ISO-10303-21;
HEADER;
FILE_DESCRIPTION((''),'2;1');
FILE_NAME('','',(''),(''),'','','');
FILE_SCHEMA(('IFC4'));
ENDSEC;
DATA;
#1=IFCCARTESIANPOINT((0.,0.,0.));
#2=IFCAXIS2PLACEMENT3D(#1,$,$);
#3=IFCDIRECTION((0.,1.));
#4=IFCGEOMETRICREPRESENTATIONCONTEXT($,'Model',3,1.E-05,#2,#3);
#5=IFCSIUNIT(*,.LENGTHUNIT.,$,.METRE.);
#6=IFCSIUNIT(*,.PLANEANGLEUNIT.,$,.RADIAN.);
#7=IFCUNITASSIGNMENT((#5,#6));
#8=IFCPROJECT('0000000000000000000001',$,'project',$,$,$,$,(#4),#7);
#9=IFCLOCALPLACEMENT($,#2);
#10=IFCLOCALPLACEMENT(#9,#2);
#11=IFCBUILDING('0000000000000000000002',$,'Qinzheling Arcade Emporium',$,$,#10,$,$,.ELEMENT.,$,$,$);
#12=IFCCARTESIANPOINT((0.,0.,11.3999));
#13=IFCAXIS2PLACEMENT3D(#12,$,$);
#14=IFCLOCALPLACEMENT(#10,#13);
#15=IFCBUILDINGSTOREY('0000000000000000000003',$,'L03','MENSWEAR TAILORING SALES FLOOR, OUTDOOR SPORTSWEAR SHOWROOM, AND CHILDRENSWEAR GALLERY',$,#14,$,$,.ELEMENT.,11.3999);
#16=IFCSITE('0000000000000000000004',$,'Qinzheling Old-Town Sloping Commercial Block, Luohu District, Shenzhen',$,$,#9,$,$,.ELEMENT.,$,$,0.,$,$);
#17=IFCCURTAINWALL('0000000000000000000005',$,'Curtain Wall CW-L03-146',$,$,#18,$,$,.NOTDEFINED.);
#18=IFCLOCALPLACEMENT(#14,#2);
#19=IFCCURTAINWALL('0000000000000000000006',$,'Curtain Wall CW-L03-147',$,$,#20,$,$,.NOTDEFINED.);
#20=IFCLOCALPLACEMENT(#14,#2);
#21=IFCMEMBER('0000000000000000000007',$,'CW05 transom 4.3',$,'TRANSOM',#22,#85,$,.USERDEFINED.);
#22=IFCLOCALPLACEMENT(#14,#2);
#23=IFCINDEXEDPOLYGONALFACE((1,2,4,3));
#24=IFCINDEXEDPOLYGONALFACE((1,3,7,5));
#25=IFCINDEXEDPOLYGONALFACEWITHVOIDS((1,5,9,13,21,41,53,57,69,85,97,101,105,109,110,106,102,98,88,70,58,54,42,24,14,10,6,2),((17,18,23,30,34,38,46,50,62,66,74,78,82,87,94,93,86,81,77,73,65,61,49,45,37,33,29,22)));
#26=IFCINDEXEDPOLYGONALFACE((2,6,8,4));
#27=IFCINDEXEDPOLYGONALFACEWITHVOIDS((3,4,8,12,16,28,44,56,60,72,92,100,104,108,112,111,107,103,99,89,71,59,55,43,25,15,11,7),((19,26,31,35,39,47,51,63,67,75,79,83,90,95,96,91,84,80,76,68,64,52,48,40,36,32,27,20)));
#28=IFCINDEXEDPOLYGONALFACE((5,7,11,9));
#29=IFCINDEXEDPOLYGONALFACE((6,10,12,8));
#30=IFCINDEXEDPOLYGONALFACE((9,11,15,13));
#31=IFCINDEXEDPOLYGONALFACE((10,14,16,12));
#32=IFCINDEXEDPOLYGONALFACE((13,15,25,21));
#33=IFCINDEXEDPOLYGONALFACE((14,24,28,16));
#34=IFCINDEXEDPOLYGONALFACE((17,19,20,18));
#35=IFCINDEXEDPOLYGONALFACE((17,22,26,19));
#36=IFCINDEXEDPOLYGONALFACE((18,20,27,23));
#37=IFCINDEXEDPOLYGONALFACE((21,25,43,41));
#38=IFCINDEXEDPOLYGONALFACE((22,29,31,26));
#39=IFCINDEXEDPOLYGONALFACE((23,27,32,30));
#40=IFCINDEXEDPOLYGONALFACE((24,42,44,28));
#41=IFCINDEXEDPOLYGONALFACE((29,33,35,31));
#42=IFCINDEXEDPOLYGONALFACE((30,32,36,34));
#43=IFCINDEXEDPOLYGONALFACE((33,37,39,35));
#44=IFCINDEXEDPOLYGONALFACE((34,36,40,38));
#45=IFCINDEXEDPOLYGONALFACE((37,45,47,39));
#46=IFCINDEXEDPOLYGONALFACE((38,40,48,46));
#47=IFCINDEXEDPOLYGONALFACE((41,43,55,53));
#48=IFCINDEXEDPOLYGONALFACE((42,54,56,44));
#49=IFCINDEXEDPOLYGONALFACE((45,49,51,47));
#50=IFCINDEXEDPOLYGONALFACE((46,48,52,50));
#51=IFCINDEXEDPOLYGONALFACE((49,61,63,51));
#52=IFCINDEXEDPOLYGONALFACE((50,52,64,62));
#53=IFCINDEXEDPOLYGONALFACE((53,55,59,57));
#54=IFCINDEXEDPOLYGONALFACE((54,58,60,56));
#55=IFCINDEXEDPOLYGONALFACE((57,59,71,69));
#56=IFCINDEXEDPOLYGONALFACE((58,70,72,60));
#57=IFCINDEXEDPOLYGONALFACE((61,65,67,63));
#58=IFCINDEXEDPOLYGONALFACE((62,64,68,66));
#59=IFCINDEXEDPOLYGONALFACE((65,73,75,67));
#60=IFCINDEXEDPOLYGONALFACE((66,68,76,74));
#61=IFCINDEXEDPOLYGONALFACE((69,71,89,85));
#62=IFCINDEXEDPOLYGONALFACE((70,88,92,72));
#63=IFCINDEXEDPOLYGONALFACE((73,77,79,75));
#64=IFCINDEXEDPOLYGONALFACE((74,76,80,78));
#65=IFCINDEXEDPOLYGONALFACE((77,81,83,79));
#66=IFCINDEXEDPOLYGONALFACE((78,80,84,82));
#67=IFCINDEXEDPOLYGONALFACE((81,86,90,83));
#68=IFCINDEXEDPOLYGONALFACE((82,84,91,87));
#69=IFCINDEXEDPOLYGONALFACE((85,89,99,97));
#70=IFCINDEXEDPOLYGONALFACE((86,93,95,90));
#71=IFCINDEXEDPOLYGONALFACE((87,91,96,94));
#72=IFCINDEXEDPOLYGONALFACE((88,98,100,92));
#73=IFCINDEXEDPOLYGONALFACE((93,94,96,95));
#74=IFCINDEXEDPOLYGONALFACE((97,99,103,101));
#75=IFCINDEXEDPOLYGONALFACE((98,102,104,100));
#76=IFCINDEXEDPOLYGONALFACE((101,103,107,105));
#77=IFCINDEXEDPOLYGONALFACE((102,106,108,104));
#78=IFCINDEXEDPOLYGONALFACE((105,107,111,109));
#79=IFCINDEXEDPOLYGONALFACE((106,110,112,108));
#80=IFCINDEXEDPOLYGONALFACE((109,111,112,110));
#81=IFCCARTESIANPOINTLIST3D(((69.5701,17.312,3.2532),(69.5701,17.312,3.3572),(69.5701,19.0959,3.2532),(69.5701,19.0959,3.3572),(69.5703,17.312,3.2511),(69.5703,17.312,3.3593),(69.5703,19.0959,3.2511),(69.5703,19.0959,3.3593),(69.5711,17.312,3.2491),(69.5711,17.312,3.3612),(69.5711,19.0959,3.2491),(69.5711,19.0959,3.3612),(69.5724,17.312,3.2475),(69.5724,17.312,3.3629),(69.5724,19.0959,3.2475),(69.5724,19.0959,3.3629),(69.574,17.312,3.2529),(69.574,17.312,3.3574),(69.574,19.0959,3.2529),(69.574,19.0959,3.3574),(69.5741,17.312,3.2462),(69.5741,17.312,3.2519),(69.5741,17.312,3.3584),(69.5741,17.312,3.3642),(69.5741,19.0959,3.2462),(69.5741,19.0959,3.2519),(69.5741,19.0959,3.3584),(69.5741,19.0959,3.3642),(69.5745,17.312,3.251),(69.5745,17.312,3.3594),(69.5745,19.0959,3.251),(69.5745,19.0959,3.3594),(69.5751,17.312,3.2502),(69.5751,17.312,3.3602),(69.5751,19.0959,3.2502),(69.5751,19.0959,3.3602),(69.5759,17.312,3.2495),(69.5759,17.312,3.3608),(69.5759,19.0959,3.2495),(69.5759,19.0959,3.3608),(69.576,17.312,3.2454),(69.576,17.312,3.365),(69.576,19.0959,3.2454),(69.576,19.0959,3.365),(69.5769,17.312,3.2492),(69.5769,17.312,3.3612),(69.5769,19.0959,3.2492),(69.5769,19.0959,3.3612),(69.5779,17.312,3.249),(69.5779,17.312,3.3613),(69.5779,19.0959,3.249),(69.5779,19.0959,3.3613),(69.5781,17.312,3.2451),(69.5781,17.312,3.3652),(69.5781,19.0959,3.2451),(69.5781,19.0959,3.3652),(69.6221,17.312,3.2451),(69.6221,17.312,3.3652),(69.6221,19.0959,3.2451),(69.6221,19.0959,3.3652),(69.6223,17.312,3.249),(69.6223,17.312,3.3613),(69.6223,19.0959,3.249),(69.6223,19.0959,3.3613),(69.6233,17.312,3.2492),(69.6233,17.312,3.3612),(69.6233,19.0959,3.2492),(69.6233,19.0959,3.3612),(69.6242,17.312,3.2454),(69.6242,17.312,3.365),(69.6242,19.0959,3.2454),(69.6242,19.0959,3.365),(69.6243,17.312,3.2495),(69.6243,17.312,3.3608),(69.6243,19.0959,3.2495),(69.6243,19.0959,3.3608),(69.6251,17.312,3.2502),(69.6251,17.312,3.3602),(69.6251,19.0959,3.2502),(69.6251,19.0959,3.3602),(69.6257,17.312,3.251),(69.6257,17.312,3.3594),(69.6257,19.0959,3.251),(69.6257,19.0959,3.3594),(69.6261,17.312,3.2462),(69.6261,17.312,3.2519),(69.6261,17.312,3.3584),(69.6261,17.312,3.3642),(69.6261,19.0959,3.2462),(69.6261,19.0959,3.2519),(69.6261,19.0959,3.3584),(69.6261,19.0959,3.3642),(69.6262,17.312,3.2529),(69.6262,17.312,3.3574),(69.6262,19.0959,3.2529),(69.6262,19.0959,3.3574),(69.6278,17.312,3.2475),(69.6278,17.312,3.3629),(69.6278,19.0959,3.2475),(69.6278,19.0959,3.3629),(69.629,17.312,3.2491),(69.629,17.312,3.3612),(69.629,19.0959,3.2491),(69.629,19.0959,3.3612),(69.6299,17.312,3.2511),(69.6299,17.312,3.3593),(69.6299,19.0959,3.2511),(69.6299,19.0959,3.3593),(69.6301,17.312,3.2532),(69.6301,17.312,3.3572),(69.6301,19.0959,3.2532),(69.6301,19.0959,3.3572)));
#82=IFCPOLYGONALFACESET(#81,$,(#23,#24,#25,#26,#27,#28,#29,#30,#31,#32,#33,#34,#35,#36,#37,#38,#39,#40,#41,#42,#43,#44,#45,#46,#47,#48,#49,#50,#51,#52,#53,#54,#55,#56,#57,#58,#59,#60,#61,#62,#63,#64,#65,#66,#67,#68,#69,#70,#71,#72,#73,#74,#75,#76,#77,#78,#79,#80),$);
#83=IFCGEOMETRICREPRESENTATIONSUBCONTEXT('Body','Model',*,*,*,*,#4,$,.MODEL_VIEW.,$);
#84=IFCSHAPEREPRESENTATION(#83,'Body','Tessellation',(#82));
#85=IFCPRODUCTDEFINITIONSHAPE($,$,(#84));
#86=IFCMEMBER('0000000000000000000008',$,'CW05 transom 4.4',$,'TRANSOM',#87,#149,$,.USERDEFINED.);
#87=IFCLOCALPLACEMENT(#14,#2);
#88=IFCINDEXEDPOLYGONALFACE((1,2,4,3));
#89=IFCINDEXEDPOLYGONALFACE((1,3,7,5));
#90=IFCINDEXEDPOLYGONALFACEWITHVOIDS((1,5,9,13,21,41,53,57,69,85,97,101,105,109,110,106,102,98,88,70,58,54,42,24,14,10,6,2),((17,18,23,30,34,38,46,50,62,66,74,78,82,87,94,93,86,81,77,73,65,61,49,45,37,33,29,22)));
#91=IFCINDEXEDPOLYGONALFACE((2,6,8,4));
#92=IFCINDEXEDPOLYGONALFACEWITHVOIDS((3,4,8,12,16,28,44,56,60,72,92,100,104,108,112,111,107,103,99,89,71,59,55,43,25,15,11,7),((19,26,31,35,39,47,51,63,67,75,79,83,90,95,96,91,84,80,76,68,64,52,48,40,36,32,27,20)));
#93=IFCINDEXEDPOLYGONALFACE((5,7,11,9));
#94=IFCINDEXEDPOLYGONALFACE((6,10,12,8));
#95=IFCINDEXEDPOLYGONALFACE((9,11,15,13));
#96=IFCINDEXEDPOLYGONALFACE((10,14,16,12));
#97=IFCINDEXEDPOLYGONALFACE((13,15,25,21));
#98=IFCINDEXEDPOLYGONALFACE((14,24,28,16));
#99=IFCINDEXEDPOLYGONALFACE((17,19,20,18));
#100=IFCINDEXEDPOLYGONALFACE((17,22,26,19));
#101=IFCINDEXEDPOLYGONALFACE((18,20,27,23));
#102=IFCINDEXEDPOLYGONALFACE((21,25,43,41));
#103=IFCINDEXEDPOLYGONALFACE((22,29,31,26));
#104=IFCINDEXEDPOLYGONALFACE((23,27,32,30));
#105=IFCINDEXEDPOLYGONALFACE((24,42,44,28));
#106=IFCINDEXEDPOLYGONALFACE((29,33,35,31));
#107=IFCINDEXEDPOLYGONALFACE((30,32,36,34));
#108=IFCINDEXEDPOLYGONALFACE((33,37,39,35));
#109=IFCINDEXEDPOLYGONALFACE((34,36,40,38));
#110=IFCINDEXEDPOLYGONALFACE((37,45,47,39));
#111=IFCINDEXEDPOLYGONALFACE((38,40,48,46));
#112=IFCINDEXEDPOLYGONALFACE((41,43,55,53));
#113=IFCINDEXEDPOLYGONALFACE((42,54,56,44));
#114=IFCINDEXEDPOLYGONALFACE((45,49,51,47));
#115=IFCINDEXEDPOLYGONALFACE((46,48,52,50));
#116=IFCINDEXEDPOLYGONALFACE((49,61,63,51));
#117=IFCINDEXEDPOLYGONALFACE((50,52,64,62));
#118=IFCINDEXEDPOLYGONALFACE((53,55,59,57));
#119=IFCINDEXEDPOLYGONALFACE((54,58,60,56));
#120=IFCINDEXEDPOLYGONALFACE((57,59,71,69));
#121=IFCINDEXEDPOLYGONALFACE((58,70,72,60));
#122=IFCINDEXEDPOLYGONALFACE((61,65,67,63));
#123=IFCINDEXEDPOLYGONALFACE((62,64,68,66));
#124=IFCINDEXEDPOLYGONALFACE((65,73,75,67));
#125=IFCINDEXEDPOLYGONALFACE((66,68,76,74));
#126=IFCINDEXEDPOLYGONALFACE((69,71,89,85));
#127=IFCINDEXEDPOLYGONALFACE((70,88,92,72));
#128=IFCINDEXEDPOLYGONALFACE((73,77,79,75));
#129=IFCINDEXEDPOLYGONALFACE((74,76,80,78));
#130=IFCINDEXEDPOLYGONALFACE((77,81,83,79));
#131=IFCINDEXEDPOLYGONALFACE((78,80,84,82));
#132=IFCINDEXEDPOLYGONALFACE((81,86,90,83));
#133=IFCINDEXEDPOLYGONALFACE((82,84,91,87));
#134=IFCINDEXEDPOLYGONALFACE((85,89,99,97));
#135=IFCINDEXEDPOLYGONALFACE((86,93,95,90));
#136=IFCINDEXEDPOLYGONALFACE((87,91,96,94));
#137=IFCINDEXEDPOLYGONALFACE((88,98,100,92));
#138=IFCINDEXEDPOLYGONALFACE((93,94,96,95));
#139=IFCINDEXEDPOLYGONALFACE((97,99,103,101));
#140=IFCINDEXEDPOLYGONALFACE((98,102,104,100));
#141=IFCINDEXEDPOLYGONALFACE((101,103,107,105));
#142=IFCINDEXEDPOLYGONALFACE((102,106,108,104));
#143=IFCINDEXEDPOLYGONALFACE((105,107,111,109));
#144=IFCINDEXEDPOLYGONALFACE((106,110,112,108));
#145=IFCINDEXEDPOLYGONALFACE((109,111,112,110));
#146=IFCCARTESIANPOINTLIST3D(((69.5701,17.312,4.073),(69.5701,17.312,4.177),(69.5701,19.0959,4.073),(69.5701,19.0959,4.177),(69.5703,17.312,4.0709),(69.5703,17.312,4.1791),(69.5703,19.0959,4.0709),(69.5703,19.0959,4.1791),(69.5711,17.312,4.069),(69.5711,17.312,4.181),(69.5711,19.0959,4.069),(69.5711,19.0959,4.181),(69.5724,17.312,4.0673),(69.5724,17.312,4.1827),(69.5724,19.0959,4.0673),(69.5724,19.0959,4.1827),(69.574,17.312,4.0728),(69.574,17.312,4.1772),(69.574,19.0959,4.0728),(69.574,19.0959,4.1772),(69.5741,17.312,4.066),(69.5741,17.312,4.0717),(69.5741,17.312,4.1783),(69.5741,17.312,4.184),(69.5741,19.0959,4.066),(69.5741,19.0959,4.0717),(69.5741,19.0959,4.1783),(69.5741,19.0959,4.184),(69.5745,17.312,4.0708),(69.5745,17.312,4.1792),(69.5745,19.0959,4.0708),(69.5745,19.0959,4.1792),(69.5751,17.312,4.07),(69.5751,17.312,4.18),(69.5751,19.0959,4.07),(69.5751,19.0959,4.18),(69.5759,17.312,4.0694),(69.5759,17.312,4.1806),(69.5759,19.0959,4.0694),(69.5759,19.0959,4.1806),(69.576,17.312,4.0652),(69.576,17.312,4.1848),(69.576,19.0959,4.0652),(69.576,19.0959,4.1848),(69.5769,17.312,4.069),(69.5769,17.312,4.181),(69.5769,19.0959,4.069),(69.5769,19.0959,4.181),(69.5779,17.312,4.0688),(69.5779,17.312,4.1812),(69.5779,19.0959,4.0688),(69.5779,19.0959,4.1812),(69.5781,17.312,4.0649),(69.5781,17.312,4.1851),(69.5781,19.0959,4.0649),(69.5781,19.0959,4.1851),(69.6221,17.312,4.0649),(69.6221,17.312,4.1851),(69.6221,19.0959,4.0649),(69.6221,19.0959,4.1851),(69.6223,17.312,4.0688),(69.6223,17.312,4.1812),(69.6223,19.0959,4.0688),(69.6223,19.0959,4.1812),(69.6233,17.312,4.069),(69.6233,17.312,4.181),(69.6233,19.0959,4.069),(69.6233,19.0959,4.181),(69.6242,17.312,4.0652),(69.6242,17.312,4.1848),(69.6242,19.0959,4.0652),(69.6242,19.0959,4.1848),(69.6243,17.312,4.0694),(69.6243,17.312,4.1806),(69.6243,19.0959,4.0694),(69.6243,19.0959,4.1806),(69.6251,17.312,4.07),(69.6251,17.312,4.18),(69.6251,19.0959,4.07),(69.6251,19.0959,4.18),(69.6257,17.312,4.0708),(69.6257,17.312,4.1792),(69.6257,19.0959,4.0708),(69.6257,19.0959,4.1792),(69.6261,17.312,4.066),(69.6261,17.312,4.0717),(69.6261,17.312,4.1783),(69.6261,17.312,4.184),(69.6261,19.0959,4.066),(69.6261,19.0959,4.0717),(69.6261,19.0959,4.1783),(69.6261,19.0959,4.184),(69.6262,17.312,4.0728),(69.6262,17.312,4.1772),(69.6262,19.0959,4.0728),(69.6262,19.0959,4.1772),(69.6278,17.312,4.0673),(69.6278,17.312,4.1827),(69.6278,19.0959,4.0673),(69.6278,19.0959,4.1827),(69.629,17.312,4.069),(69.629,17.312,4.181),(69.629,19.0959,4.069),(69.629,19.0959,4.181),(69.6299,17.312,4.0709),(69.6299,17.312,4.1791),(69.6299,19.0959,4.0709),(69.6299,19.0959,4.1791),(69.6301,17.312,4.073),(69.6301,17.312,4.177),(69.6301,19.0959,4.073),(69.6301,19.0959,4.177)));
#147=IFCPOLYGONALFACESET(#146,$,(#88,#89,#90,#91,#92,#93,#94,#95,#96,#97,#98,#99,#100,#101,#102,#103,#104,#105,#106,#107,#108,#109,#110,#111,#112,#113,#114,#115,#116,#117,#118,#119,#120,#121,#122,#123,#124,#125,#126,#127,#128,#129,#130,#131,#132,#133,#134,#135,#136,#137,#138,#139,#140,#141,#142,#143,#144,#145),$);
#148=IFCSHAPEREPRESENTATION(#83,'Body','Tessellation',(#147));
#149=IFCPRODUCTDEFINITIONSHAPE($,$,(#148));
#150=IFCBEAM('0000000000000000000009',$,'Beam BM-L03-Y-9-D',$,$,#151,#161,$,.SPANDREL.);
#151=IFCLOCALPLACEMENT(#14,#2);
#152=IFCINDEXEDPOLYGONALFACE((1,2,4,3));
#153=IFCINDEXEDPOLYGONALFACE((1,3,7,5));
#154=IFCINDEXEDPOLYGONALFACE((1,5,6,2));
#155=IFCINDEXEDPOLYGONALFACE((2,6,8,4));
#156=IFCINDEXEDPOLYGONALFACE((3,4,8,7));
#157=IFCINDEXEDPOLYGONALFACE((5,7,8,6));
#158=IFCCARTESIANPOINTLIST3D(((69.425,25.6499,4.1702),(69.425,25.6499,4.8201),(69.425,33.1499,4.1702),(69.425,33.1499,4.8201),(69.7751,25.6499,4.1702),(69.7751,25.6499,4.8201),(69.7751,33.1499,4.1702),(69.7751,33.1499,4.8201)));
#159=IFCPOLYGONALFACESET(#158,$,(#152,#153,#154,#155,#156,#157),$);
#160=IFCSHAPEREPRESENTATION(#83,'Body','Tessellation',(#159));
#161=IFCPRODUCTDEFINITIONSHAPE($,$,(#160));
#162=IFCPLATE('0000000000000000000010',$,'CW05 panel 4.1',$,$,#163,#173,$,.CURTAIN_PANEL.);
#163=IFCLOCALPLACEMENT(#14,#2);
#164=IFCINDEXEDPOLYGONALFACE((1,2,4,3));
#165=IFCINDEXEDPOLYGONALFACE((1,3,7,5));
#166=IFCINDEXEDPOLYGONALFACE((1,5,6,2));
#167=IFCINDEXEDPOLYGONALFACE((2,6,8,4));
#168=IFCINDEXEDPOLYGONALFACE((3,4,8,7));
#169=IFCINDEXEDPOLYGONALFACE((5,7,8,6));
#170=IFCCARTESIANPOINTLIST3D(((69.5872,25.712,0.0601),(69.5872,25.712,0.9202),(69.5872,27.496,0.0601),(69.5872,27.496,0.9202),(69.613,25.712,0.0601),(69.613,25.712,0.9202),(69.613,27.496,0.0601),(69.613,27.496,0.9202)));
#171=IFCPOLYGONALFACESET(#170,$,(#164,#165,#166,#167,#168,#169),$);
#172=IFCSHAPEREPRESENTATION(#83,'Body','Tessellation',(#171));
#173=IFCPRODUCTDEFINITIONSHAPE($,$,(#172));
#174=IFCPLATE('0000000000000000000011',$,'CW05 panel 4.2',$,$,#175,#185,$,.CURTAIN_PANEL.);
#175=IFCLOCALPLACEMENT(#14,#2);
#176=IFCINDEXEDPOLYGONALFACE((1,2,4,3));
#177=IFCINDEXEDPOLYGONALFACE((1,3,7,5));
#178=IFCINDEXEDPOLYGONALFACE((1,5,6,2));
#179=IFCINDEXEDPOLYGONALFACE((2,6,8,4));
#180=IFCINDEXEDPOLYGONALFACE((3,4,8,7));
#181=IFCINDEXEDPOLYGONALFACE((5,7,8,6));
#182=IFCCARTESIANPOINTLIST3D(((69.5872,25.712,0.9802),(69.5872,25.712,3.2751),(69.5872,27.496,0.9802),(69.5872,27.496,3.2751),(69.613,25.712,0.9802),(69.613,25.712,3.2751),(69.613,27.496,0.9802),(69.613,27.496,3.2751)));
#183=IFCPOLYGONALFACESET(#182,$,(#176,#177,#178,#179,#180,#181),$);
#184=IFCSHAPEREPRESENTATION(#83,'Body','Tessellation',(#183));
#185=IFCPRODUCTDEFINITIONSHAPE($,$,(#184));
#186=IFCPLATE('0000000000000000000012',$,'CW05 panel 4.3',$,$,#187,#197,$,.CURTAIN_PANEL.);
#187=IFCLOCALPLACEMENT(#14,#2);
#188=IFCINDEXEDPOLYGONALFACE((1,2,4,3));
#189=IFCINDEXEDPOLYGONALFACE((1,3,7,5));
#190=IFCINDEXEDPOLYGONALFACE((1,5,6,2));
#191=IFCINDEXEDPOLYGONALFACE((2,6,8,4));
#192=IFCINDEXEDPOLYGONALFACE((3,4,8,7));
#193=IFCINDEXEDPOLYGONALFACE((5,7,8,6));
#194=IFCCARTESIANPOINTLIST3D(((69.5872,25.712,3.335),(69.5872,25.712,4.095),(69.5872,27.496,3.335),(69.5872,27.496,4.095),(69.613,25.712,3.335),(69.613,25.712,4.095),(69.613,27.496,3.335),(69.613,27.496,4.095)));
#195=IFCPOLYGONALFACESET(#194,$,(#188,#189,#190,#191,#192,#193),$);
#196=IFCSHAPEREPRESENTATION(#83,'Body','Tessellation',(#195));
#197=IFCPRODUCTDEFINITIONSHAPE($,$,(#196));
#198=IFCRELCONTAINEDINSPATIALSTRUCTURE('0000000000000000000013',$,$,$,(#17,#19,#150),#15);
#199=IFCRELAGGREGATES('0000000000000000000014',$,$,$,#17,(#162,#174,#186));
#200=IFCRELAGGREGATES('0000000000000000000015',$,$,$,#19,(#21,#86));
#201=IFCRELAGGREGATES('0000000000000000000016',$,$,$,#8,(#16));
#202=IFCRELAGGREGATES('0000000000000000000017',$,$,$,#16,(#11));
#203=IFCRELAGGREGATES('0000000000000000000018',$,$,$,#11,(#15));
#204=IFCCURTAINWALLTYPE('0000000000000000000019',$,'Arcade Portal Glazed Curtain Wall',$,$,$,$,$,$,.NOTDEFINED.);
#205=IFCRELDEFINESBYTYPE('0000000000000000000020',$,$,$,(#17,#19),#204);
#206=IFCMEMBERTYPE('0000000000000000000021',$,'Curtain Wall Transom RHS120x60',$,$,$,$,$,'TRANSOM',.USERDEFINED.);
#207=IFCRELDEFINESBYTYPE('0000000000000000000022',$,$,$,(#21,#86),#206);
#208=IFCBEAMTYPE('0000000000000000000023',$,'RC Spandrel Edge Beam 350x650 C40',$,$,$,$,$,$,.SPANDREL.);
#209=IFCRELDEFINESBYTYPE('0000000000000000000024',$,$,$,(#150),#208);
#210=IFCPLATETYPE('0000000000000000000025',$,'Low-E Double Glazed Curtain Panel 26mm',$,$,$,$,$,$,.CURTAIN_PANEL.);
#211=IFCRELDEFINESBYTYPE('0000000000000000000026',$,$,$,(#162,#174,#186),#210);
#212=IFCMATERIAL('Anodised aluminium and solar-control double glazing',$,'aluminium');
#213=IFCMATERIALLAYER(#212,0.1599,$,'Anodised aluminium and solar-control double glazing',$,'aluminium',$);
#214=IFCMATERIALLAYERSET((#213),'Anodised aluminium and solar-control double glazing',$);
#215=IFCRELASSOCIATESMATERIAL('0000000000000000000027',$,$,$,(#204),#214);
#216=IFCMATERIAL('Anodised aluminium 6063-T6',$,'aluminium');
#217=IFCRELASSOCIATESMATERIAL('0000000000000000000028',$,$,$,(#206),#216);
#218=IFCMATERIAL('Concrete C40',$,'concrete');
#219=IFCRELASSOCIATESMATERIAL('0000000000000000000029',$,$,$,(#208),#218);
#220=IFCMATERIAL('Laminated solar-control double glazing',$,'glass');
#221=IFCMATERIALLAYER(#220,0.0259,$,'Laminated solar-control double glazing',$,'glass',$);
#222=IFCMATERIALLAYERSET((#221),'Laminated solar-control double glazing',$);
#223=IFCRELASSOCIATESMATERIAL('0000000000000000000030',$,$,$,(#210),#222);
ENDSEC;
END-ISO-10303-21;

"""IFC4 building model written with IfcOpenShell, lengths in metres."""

from ifc_helpers import new_model, si_unit, direction, frame, origin, origin_2d, place, context, subcontext, project, spatial, rectangle, hollow_rectangle, extrude, material, layer, layer_set, material_profile, profile_set, type_object, element, aggregate, save


model = new_model("IFC4")

# Units and contexts
model_context = context("Model", 3, precision=1e-05, world=origin(), true_north=direction((0.0, 1.0)))
body_context = subcontext(model_context, "Body", "Model", "MODEL_VIEW")
ifc_project = project(units=[si_unit("LENGTHUNIT", "METRE"), si_unit("PLANEANGLEUNIT", "RADIAN")], contexts=[model_context])

# Site, building, storey
site_placement = place(None, origin())
site = spatial("IfcSite", under=ifc_project, at=site_placement, Name="Qinzheling Old-Town Sloping Commercial Block, Luohu District, Shenzhen", CompositionType="ELEMENT", RefElevation=0.0)
building_placement = place(site_placement, origin())
building = spatial("IfcBuilding", under=site, at=building_placement, Name="Qinzheling Arcade Emporium", CompositionType="ELEMENT")
storey_placement = place(building_placement, frame((0.0, 0.0, 11.3999)))
storey = spatial("IfcBuildingStorey", under=building, at=storey_placement, Name="L03", Description="MENSWEAR TAILORING SALES FLOOR, OUTDOOR SPORTSWEAR SHOWROOM, AND CHILDRENSWEAR GALLERY", CompositionType="ELEMENT", Elevation=11.3999)

# Curtain wall
ifc_material_1 = material(Name="Anodised aluminium and solar-control double glazing", Category="aluminium")
ifc_layer_1 = layer(ifc_material_1, 0.1599, Name="Anodised aluminium and solar-control double glazing", Category="aluminium")
ifc_layer_set_1 = layer_set([ifc_layer_1], Name="Anodised aluminium and solar-control double glazing")
curtain_wall_type = type_object("IfcCurtainWallType", Name="Arcade Portal Glazed Curtain Wall", PredefinedType="NOTDEFINED", material=ifc_layer_set_1)
curtain_wall_1_placement = place(storey_placement, origin())
curtain_wall_1 = element("IfcCurtainWall", 1, at=curtain_wall_1_placement, inside=storey, type_object=curtain_wall_type, Name="Curtain Wall CW-L03-146", PredefinedType="NOTDEFINED")
ifc_material_2 = material(Name="Anodised aluminium 6063-T6", Category="aluminium")

# Curtain wall
curtain_wall_2_placement = place(storey_placement, origin())
curtain_wall_2 = element("IfcCurtainWall", 2, at=curtain_wall_2_placement, inside=storey, type_object=curtain_wall_type, Name="Curtain Wall CW-L03-147", PredefinedType="NOTDEFINED")

# Members
ifc_material_profile_1 = material_profile(ifc_material_2, hollow_rectangle(XDim=0.0601, YDim=0.1201, WallThickness=0.0039, InnerFilletRadius=0.0039, OuterFilletRadius=0.0081, at=origin_2d()), Name="RHS 120x60x4", Category="aluminium")
ifc_profile_set_1 = profile_set([ifc_material_profile_1], Name="Anodised aluminium 6063-T6")
member_type_1 = type_object("IfcMemberType", Name="Curtain Wall Transom RHS120x60", ElementType="TRANSOM", PredefinedType="USERDEFINED", material=ifc_profile_set_1)
member_1_placement = place(storey_placement, frame((69.6001, 19.0959, 3.3052), z_axis=(0.0, -1.0, 0.0), x_axis=(1.0, 0.0, 0.0)))
member_1 = element("IfcMember", 3, at=member_1_placement, type_object=member_type_1, Name="CW05 transom 4.3", ObjectType="TRANSOM", PredefinedType="USERDEFINED", context=body_context, shape_type="SweptSolid", body=[
    extrude(hollow_rectangle(XDim=0.0601, YDim=0.1201, WallThickness=0.0039, InnerFilletRadius=0.0039, OuterFilletRadius=0.0081, at=origin_2d()), origin(), (0.0, 0.0, 1.0), 1.7839),
])
member_2_placement = place(storey_placement, frame((69.6001, 19.0959, 4.125), z_axis=(0.0, -1.0, 0.0), x_axis=(1.0, 0.0, 0.0)))
member_2 = element("IfcMember", 4, at=member_2_placement, type_object=member_type_1, Name="CW05 transom 4.4", ObjectType="TRANSOM", PredefinedType="USERDEFINED", context=body_context, shape_type="SweptSolid", body=[
    extrude(hollow_rectangle(XDim=0.0601, YDim=0.1201, WallThickness=0.0039, InnerFilletRadius=0.0039, OuterFilletRadius=0.0081, at=origin_2d()), origin(), (0.0, 0.0, 1.0), 1.7839),
])

# Beam
ifc_material_3 = material(Name="Concrete C40", Category="concrete")
ifc_material_profile_2 = material_profile(ifc_material_3, rectangle(XDim=0.3501, YDim=0.6499, at=origin_2d()), Name="RC 350x650", Category="concrete")
ifc_profile_set_2 = profile_set([ifc_material_profile_2], Name="Concrete C40")
beam_type = type_object("IfcBeamType", Name="RC Spandrel Edge Beam 350x650 C40", PredefinedType="SPANDREL", material=ifc_profile_set_2)
beam_placement = place(storey_placement, frame((69.6001, 25.6499, 4.4951), z_axis=(0.0, 1.0, 0.0), x_axis=(-1.0, 0.0, 0.0)))
element("IfcBeam", 5, at=beam_placement, inside=storey, type_object=beam_type, Name="Beam BM-L03-Y-9-D", PredefinedType="SPANDREL", context=body_context, shape_type="SweptSolid", body=[
    extrude(rectangle(XDim=0.3501, YDim=0.6499, at=origin_2d()), origin(), (0.0, 0.0, 1.0), 7.5),
])

# Plates
ifc_material_4 = material(Name="Laminated solar-control double glazing", Category="glass")
ifc_layer_2 = layer(ifc_material_4, 0.0259, Name="Laminated solar-control double glazing", Category="glass")
ifc_layer_set_2 = layer_set([ifc_layer_2], Name="Laminated solar-control double glazing")
plate_type_1 = type_object("IfcPlateType", Name="Low-E Double Glazed Curtain Panel 26mm", PredefinedType="CURTAIN_PANEL", material=ifc_layer_set_2)
plate_1_placement = place(storey_placement, frame((69.6001, 26.604, 0.0601), z_axis=(0.0, 0.0, 1.0), x_axis=(0.0, -1.0, 0.0)))
plate_1 = element("IfcPlate", 6, at=plate_1_placement, type_object=plate_type_1, Name="CW05 panel 4.1", PredefinedType="CURTAIN_PANEL", context=body_context, shape_type="SweptSolid", body=[
    extrude(rectangle(XDim=1.7839, YDim=0.0259, at=origin_2d()), origin(), (0.0, 0.0, 1.0), 0.8601),
])
plate_2_placement = place(storey_placement, frame((69.6001, 26.604, 0.9802), z_axis=(0.0, 0.0, 1.0), x_axis=(0.0, -1.0, 0.0)))
plate_2 = element("IfcPlate", 7, at=plate_2_placement, type_object=plate_type_1, Name="CW05 panel 4.2", PredefinedType="CURTAIN_PANEL", context=body_context, shape_type="SweptSolid", body=[
    extrude(rectangle(XDim=1.7839, YDim=0.0259, at=origin_2d()), origin(), (0.0, 0.0, 1.0), 2.2949),
])
plate_3_placement = place(storey_placement, frame((69.6001, 26.604, 3.335), z_axis=(0.0, 0.0, 1.0), x_axis=(0.0, -1.0, 0.0)))
plate_3 = element("IfcPlate", 8, at=plate_3_placement, type_object=plate_type_1, Name="CW05 panel 4.3", PredefinedType="CURTAIN_PANEL", context=body_context, shape_type="SweptSolid", body=[
    extrude(rectangle(XDim=1.7839, YDim=0.0259, at=origin_2d()), origin(), (0.0, 0.0, 1.0), 0.76),
])
aggregate(curtain_wall_1, [plate_1, plate_2, plate_3])
aggregate(curtain_wall_2, [member_1, member_2])

save(model, "model.ifc")
